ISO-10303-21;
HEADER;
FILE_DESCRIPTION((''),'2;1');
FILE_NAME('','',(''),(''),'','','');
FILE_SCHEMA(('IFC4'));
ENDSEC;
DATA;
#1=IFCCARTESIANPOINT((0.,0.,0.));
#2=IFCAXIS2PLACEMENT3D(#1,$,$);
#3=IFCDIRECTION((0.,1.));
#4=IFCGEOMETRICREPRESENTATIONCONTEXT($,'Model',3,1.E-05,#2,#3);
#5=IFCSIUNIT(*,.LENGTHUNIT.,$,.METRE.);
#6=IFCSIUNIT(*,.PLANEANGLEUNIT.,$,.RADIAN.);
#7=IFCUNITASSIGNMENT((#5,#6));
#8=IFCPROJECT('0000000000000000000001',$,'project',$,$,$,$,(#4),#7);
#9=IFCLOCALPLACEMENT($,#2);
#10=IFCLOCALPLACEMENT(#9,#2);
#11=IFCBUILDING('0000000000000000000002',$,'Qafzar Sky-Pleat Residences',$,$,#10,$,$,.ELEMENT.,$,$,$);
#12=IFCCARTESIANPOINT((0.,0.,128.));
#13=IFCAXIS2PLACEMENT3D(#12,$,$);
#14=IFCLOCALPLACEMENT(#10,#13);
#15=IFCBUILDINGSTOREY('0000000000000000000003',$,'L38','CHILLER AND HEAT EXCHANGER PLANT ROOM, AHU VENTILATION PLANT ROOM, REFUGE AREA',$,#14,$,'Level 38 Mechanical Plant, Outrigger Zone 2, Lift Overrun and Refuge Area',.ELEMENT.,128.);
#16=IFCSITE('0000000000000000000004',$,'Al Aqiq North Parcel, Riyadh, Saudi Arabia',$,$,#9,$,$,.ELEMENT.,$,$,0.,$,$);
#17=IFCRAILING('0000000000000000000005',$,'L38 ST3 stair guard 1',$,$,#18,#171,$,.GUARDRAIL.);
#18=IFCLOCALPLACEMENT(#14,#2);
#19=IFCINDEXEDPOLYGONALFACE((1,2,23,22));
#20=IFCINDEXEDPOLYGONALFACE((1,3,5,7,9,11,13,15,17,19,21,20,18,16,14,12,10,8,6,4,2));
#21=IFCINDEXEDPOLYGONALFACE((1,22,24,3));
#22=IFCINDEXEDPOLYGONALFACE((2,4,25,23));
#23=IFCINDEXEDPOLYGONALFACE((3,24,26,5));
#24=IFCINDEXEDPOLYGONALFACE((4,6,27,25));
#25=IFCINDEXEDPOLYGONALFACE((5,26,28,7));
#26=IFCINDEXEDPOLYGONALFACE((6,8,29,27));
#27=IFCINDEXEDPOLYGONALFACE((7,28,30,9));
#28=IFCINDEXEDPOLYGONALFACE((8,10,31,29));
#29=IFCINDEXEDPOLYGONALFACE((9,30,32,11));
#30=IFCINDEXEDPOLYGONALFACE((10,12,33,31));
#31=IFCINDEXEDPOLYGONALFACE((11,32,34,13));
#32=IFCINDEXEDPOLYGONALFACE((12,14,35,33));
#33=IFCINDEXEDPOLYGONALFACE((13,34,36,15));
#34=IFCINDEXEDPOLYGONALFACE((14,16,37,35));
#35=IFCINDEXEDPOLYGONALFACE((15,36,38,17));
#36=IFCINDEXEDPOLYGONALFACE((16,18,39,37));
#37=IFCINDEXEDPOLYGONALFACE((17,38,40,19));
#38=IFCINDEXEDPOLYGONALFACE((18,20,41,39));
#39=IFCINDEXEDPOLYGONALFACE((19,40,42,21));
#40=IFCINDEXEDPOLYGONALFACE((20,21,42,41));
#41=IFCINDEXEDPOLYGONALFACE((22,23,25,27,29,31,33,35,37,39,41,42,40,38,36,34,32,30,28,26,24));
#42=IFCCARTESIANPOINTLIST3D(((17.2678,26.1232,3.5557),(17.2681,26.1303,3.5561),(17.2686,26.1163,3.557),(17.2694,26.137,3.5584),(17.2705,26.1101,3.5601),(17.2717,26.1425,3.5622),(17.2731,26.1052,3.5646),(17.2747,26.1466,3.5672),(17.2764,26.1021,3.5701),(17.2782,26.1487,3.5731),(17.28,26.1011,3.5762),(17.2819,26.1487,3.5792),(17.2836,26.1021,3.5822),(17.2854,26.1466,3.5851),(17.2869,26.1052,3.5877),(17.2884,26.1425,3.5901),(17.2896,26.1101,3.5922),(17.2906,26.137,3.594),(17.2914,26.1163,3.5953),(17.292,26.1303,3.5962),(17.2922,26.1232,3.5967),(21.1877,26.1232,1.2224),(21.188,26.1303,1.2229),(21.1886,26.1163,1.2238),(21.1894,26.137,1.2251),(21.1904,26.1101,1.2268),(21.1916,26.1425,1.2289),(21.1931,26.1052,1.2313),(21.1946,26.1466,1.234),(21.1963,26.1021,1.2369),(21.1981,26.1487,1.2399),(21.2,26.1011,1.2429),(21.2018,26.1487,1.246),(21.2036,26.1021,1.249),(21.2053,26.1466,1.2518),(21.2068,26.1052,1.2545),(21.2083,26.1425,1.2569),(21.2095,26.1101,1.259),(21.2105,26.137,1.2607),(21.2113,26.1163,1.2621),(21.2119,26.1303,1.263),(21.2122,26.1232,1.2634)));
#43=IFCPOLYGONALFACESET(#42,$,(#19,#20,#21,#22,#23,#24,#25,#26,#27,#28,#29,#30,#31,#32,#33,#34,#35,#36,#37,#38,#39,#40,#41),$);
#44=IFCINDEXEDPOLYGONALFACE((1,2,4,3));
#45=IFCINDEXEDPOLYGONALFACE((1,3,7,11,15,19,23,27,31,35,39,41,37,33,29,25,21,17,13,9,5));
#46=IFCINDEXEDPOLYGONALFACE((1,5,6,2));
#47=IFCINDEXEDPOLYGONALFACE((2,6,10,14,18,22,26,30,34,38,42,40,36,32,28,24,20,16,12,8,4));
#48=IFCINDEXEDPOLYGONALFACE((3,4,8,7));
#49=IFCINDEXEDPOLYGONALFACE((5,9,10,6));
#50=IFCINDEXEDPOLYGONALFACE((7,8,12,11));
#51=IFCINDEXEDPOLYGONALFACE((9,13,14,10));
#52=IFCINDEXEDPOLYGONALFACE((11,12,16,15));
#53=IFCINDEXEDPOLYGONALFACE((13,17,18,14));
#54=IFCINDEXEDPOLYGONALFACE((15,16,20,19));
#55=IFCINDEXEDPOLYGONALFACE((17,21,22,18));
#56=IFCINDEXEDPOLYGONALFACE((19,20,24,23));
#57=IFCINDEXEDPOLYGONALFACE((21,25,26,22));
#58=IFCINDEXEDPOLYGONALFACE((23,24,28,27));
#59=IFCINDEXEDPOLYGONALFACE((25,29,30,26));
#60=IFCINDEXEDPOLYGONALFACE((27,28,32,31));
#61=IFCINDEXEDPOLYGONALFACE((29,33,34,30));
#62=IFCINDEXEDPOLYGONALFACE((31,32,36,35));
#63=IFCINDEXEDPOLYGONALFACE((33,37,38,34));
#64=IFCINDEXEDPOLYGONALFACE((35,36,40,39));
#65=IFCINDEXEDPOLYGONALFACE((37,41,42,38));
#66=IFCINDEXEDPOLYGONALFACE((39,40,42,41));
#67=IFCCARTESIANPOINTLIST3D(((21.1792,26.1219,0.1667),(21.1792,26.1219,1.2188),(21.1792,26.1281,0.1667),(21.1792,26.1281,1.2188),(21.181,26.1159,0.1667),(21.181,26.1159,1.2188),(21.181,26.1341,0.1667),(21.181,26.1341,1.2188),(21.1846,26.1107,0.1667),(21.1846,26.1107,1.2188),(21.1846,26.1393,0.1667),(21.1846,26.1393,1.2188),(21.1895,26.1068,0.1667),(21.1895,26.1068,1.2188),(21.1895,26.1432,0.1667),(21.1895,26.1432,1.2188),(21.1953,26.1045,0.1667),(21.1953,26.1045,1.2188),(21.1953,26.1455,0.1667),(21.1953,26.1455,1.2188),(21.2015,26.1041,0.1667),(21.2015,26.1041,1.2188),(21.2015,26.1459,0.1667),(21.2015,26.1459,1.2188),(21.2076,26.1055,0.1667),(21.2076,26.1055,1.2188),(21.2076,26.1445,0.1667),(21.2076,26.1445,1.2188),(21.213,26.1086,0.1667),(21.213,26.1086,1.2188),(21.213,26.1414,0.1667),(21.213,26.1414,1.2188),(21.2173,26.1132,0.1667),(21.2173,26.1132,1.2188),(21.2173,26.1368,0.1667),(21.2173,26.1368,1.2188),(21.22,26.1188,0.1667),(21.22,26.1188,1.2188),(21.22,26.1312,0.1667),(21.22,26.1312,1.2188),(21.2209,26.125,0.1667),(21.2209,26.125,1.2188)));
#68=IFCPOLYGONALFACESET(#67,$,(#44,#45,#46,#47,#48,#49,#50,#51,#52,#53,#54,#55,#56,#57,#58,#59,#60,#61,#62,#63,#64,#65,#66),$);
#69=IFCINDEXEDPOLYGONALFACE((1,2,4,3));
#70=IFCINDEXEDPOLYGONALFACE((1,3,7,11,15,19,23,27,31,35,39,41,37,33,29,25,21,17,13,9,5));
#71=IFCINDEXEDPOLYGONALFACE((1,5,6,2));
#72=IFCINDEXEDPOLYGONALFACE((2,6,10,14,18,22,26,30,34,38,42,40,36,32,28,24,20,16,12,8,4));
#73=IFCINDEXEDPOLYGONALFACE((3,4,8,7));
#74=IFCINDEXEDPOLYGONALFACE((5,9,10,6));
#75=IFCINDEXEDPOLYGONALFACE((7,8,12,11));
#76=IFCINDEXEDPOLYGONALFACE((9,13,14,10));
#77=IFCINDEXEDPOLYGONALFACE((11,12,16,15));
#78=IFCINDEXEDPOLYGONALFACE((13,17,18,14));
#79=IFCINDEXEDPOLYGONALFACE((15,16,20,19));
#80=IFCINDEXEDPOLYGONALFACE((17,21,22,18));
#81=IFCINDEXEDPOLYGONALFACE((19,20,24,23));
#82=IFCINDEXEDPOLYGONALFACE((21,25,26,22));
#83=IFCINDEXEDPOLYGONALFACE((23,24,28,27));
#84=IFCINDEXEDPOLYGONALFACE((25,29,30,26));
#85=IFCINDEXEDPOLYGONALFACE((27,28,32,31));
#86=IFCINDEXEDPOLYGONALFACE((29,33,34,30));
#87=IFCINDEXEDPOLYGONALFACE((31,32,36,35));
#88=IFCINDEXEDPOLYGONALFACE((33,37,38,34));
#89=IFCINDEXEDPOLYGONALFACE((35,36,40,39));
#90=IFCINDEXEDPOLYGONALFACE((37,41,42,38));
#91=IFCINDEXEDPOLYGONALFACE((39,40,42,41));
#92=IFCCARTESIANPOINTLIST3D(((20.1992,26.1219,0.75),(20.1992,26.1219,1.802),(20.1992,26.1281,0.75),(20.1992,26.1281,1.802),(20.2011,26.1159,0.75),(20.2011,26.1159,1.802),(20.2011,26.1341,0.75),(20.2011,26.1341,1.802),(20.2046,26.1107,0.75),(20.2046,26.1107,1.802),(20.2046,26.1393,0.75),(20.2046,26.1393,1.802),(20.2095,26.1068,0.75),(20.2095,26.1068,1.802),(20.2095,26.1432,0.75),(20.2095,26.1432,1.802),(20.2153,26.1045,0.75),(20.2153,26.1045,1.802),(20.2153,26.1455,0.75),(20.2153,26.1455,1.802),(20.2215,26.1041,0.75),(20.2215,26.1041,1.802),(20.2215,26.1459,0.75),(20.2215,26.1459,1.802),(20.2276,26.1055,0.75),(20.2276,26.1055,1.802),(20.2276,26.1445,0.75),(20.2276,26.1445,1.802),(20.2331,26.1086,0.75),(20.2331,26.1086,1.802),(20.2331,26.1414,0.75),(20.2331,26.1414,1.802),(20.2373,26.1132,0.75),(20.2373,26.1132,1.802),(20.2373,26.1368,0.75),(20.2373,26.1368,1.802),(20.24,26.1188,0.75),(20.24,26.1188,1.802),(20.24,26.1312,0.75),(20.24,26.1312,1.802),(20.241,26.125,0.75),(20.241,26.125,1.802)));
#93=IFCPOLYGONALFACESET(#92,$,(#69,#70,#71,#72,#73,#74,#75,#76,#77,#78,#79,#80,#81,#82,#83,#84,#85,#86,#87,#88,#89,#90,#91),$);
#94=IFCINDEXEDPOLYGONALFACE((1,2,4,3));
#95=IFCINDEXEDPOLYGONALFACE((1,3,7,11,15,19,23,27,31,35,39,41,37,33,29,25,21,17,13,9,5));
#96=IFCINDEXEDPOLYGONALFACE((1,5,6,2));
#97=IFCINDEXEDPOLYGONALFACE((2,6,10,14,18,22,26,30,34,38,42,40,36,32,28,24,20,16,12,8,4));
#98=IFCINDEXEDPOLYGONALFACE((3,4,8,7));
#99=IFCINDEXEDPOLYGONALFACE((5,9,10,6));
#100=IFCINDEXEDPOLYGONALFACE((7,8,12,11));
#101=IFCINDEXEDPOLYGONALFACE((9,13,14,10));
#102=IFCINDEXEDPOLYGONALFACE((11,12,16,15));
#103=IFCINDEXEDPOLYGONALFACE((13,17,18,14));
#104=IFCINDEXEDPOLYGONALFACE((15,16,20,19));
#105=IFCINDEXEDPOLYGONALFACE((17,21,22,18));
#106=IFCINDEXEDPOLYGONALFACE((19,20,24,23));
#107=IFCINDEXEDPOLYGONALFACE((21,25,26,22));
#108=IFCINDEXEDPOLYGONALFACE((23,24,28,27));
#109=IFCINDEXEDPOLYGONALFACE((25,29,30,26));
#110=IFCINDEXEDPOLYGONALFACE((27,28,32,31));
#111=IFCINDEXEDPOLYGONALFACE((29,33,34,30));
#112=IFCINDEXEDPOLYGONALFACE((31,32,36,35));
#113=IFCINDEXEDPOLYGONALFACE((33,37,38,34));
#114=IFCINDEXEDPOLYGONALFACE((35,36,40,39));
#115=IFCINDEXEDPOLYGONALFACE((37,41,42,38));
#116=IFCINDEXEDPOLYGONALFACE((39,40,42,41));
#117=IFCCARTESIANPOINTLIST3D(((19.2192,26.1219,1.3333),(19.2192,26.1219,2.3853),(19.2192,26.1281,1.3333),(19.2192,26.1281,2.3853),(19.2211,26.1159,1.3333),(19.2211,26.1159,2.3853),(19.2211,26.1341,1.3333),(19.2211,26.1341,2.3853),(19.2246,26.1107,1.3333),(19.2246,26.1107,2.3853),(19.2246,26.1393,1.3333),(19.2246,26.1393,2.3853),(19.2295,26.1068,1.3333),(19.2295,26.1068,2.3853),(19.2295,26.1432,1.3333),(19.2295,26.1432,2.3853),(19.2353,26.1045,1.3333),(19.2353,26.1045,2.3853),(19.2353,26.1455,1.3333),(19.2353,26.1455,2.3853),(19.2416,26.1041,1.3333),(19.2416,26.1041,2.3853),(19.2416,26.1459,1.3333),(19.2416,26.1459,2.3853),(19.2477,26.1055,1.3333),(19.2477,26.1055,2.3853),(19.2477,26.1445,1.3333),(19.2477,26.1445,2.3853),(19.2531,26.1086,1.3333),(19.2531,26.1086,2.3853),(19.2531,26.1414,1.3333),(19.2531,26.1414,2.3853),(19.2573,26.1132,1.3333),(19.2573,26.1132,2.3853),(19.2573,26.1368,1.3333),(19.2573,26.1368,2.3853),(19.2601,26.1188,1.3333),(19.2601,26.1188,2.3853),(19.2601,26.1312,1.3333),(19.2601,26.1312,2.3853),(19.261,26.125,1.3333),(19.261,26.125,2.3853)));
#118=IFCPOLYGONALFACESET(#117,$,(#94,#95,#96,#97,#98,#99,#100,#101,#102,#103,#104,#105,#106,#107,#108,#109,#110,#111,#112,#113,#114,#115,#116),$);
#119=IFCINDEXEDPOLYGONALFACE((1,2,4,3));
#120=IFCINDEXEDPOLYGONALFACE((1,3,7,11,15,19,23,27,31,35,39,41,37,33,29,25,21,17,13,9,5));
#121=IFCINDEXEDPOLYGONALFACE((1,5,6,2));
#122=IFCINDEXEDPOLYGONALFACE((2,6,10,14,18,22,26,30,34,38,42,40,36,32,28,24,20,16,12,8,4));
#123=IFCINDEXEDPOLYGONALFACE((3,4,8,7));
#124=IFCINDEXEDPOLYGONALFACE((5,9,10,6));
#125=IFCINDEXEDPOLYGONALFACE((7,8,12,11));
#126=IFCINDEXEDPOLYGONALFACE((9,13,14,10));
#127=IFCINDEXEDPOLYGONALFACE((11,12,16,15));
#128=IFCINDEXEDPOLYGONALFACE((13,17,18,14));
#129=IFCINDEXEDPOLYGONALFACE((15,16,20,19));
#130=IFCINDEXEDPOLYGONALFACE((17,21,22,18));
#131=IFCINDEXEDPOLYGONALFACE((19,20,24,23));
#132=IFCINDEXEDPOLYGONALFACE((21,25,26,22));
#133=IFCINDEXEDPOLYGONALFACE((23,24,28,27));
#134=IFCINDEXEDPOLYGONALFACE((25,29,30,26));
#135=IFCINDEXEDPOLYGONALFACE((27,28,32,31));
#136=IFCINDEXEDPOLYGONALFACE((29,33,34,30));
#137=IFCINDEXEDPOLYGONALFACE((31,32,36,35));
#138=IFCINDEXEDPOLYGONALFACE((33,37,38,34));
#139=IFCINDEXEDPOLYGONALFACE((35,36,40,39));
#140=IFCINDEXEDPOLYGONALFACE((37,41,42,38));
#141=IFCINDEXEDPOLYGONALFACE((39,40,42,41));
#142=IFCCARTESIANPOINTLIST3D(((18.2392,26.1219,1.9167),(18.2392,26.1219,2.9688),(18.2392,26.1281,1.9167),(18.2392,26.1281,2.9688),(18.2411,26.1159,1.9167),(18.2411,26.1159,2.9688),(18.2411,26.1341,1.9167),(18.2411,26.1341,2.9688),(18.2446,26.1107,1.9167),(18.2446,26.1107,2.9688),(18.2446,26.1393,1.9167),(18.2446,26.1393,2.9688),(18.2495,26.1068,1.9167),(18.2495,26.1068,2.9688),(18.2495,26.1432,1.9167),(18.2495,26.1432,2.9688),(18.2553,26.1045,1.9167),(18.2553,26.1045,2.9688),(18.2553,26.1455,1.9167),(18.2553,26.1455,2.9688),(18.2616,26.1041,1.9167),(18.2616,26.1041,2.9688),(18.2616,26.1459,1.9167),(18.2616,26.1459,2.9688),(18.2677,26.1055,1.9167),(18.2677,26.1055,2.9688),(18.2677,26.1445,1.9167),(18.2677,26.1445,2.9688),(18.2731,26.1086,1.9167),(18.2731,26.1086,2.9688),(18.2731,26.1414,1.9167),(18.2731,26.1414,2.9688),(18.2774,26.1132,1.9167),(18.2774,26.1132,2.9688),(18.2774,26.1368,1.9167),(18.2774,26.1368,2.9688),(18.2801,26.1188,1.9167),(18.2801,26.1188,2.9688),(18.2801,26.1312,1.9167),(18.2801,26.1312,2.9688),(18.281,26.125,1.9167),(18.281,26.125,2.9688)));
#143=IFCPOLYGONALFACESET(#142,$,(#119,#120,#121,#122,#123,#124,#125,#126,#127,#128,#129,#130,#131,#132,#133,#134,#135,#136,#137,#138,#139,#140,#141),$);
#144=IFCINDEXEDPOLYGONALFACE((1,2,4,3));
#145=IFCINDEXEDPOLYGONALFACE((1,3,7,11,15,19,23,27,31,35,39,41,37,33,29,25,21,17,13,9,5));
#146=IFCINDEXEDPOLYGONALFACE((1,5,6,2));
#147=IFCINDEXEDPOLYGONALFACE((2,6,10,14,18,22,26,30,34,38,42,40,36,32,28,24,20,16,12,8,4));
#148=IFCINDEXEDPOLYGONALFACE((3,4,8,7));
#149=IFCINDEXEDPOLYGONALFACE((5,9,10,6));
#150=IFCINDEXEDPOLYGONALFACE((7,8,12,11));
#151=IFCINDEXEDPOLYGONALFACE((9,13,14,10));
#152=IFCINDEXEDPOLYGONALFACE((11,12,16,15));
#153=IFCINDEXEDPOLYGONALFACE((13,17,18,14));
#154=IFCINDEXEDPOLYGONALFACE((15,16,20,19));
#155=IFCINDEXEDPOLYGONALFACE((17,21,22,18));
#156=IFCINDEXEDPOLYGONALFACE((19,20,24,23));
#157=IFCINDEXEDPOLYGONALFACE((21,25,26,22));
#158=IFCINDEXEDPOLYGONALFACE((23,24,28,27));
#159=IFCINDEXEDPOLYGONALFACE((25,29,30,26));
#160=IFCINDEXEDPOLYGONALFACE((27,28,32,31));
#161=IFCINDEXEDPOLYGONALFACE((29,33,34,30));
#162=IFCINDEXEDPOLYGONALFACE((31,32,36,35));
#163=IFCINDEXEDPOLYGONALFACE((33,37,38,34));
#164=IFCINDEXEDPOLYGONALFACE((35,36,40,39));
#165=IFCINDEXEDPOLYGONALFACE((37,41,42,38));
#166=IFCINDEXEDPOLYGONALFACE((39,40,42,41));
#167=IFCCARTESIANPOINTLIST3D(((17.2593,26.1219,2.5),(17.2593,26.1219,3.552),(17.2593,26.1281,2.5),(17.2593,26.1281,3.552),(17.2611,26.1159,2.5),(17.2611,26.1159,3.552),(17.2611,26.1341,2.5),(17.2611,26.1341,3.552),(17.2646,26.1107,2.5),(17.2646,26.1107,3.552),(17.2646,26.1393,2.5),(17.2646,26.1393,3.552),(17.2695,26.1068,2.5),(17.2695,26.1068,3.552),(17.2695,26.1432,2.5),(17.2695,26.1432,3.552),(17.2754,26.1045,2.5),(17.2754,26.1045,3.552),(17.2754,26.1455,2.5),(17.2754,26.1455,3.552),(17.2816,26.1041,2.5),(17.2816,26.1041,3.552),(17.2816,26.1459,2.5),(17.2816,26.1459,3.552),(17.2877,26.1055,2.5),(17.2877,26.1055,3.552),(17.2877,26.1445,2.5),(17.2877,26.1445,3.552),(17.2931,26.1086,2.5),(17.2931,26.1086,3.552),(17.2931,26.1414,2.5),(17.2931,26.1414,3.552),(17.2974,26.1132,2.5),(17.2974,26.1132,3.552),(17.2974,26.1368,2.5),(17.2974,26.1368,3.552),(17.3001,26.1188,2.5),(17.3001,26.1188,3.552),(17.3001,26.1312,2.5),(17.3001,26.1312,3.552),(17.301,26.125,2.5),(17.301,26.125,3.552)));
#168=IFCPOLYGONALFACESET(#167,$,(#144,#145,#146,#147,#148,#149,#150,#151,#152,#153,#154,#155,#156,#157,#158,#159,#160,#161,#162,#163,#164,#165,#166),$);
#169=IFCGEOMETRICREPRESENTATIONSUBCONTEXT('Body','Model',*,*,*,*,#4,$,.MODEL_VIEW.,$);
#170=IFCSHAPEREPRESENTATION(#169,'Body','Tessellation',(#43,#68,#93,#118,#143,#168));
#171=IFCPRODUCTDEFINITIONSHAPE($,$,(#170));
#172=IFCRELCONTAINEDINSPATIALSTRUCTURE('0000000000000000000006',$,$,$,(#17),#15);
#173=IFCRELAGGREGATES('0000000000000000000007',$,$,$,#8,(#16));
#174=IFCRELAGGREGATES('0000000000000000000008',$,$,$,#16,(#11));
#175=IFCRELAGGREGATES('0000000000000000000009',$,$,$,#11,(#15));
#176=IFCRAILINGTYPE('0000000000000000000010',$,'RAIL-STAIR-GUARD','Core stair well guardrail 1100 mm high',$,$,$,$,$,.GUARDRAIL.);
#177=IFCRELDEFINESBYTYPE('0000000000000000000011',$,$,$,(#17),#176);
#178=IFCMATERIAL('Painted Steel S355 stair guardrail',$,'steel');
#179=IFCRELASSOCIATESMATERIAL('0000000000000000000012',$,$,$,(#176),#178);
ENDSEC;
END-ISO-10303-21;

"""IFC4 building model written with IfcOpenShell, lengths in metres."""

from ifc_helpers import new_model, si_unit, direction, frame, origin, origin_2d, place, context, subcontext, project, spatial, circle, extrude, source, transform, mapped, material, type_object, element, save


model = new_model("IFC4")

# Units and contexts
model_context = context("Model", 3, precision=1e-05, world=origin(), true_north=direction((0.0, 1.0)))
body_context = subcontext(model_context, "Body", "Model", "MODEL_VIEW")
ifc_project = project(units=[si_unit("LENGTHUNIT", "METRE"), si_unit("PLANEANGLEUNIT", "RADIAN")], contexts=[model_context])

# Site, building, storey
site_placement = place(None, origin())
site = spatial("IfcSite", under=ifc_project, at=site_placement, Name="Al Aqiq North Parcel, Riyadh, Saudi Arabia", CompositionType="ELEMENT", RefElevation=0.0)
building_placement = place(site_placement, origin())
building = spatial("IfcBuilding", under=site, at=building_placement, Name="Qafzar Sky-Pleat Residences", CompositionType="ELEMENT")
storey_placement = place(building_placement, frame((0.0, 0.0, 128.0)))
storey = spatial("IfcBuildingStorey", under=building, at=storey_placement, Name="L38", Description="CHILLER AND HEAT EXCHANGER PLANT ROOM, AHU VENTILATION PLANT ROOM, REFUGE AREA", LongName="Level 38 Mechanical Plant, Outrigger Zone 2, Lift Overrun and Refuge Area", CompositionType="ELEMENT", Elevation=128.0)

# Railing
ifc_material_1 = material(Name="Painted Steel S355 stair guardrail", Category="steel")
railing_type_1 = type_object("IfcRailingType", Name="RAIL-STAIR-GUARD", Description="Core stair well guardrail 1100 mm high", PredefinedType="GUARDRAIL", material=ifc_material_1)
shared_shape_1 = source(origin(), body_context, "Body", "SweptSolid", [
    extrude(circle(Radius=0.0239, at=origin_2d()), frame((0.0, 0.0, 1.0762), z_axis=(-0.859296, 0.0, 0.511478), x_axis=(0.0, -1.0, 0.0)), (0.0, 0.0, 1.0), 4.5618),
    extrude(circle(Radius=0.021, at=origin_2d()), origin(), (0.0, 0.0, 1.0), 1.052),
    extrude(circle(Radius=0.021, at=origin_2d()), frame((-0.98, 0.0, 0.5833)), (0.0, 0.0, 1.0), 1.052),
    extrude(circle(Radius=0.021, at=origin_2d()), frame((-1.96, 0.0, 1.1665)), (0.0, 0.0, 1.0), 1.052),
    extrude(circle(Radius=0.021, at=origin_2d()), frame((-2.9399, 0.0, 1.75)), (0.0, 0.0, 1.0), 1.052),
    extrude(circle(Radius=0.021, at=origin_2d()), frame((-3.9199, 0.0, 2.3333)), (0.0, 0.0, 1.0), 1.052),
])
railing_1_placement = place(storey_placement, frame((21.2, 26.125, 0.1667)))
element("IfcRailing", 1, at=railing_1_placement, inside=storey, type_object=railing_type_1, Name="L38 ST3 stair guard 1", PredefinedType="GUARDRAIL", context=body_context, shape_type="MappedRepresentation", body=[
    mapped(shared_shape_1, transform((0.0, 0.0, 0.0), x_axis=(1.0, 0.0, 0.0), y_axis=(0.0, 1.0, 0.0), z_axis=(0.0, 0.0, 1.0), scale=1.0)),
])

save(model, "model.ifc")
